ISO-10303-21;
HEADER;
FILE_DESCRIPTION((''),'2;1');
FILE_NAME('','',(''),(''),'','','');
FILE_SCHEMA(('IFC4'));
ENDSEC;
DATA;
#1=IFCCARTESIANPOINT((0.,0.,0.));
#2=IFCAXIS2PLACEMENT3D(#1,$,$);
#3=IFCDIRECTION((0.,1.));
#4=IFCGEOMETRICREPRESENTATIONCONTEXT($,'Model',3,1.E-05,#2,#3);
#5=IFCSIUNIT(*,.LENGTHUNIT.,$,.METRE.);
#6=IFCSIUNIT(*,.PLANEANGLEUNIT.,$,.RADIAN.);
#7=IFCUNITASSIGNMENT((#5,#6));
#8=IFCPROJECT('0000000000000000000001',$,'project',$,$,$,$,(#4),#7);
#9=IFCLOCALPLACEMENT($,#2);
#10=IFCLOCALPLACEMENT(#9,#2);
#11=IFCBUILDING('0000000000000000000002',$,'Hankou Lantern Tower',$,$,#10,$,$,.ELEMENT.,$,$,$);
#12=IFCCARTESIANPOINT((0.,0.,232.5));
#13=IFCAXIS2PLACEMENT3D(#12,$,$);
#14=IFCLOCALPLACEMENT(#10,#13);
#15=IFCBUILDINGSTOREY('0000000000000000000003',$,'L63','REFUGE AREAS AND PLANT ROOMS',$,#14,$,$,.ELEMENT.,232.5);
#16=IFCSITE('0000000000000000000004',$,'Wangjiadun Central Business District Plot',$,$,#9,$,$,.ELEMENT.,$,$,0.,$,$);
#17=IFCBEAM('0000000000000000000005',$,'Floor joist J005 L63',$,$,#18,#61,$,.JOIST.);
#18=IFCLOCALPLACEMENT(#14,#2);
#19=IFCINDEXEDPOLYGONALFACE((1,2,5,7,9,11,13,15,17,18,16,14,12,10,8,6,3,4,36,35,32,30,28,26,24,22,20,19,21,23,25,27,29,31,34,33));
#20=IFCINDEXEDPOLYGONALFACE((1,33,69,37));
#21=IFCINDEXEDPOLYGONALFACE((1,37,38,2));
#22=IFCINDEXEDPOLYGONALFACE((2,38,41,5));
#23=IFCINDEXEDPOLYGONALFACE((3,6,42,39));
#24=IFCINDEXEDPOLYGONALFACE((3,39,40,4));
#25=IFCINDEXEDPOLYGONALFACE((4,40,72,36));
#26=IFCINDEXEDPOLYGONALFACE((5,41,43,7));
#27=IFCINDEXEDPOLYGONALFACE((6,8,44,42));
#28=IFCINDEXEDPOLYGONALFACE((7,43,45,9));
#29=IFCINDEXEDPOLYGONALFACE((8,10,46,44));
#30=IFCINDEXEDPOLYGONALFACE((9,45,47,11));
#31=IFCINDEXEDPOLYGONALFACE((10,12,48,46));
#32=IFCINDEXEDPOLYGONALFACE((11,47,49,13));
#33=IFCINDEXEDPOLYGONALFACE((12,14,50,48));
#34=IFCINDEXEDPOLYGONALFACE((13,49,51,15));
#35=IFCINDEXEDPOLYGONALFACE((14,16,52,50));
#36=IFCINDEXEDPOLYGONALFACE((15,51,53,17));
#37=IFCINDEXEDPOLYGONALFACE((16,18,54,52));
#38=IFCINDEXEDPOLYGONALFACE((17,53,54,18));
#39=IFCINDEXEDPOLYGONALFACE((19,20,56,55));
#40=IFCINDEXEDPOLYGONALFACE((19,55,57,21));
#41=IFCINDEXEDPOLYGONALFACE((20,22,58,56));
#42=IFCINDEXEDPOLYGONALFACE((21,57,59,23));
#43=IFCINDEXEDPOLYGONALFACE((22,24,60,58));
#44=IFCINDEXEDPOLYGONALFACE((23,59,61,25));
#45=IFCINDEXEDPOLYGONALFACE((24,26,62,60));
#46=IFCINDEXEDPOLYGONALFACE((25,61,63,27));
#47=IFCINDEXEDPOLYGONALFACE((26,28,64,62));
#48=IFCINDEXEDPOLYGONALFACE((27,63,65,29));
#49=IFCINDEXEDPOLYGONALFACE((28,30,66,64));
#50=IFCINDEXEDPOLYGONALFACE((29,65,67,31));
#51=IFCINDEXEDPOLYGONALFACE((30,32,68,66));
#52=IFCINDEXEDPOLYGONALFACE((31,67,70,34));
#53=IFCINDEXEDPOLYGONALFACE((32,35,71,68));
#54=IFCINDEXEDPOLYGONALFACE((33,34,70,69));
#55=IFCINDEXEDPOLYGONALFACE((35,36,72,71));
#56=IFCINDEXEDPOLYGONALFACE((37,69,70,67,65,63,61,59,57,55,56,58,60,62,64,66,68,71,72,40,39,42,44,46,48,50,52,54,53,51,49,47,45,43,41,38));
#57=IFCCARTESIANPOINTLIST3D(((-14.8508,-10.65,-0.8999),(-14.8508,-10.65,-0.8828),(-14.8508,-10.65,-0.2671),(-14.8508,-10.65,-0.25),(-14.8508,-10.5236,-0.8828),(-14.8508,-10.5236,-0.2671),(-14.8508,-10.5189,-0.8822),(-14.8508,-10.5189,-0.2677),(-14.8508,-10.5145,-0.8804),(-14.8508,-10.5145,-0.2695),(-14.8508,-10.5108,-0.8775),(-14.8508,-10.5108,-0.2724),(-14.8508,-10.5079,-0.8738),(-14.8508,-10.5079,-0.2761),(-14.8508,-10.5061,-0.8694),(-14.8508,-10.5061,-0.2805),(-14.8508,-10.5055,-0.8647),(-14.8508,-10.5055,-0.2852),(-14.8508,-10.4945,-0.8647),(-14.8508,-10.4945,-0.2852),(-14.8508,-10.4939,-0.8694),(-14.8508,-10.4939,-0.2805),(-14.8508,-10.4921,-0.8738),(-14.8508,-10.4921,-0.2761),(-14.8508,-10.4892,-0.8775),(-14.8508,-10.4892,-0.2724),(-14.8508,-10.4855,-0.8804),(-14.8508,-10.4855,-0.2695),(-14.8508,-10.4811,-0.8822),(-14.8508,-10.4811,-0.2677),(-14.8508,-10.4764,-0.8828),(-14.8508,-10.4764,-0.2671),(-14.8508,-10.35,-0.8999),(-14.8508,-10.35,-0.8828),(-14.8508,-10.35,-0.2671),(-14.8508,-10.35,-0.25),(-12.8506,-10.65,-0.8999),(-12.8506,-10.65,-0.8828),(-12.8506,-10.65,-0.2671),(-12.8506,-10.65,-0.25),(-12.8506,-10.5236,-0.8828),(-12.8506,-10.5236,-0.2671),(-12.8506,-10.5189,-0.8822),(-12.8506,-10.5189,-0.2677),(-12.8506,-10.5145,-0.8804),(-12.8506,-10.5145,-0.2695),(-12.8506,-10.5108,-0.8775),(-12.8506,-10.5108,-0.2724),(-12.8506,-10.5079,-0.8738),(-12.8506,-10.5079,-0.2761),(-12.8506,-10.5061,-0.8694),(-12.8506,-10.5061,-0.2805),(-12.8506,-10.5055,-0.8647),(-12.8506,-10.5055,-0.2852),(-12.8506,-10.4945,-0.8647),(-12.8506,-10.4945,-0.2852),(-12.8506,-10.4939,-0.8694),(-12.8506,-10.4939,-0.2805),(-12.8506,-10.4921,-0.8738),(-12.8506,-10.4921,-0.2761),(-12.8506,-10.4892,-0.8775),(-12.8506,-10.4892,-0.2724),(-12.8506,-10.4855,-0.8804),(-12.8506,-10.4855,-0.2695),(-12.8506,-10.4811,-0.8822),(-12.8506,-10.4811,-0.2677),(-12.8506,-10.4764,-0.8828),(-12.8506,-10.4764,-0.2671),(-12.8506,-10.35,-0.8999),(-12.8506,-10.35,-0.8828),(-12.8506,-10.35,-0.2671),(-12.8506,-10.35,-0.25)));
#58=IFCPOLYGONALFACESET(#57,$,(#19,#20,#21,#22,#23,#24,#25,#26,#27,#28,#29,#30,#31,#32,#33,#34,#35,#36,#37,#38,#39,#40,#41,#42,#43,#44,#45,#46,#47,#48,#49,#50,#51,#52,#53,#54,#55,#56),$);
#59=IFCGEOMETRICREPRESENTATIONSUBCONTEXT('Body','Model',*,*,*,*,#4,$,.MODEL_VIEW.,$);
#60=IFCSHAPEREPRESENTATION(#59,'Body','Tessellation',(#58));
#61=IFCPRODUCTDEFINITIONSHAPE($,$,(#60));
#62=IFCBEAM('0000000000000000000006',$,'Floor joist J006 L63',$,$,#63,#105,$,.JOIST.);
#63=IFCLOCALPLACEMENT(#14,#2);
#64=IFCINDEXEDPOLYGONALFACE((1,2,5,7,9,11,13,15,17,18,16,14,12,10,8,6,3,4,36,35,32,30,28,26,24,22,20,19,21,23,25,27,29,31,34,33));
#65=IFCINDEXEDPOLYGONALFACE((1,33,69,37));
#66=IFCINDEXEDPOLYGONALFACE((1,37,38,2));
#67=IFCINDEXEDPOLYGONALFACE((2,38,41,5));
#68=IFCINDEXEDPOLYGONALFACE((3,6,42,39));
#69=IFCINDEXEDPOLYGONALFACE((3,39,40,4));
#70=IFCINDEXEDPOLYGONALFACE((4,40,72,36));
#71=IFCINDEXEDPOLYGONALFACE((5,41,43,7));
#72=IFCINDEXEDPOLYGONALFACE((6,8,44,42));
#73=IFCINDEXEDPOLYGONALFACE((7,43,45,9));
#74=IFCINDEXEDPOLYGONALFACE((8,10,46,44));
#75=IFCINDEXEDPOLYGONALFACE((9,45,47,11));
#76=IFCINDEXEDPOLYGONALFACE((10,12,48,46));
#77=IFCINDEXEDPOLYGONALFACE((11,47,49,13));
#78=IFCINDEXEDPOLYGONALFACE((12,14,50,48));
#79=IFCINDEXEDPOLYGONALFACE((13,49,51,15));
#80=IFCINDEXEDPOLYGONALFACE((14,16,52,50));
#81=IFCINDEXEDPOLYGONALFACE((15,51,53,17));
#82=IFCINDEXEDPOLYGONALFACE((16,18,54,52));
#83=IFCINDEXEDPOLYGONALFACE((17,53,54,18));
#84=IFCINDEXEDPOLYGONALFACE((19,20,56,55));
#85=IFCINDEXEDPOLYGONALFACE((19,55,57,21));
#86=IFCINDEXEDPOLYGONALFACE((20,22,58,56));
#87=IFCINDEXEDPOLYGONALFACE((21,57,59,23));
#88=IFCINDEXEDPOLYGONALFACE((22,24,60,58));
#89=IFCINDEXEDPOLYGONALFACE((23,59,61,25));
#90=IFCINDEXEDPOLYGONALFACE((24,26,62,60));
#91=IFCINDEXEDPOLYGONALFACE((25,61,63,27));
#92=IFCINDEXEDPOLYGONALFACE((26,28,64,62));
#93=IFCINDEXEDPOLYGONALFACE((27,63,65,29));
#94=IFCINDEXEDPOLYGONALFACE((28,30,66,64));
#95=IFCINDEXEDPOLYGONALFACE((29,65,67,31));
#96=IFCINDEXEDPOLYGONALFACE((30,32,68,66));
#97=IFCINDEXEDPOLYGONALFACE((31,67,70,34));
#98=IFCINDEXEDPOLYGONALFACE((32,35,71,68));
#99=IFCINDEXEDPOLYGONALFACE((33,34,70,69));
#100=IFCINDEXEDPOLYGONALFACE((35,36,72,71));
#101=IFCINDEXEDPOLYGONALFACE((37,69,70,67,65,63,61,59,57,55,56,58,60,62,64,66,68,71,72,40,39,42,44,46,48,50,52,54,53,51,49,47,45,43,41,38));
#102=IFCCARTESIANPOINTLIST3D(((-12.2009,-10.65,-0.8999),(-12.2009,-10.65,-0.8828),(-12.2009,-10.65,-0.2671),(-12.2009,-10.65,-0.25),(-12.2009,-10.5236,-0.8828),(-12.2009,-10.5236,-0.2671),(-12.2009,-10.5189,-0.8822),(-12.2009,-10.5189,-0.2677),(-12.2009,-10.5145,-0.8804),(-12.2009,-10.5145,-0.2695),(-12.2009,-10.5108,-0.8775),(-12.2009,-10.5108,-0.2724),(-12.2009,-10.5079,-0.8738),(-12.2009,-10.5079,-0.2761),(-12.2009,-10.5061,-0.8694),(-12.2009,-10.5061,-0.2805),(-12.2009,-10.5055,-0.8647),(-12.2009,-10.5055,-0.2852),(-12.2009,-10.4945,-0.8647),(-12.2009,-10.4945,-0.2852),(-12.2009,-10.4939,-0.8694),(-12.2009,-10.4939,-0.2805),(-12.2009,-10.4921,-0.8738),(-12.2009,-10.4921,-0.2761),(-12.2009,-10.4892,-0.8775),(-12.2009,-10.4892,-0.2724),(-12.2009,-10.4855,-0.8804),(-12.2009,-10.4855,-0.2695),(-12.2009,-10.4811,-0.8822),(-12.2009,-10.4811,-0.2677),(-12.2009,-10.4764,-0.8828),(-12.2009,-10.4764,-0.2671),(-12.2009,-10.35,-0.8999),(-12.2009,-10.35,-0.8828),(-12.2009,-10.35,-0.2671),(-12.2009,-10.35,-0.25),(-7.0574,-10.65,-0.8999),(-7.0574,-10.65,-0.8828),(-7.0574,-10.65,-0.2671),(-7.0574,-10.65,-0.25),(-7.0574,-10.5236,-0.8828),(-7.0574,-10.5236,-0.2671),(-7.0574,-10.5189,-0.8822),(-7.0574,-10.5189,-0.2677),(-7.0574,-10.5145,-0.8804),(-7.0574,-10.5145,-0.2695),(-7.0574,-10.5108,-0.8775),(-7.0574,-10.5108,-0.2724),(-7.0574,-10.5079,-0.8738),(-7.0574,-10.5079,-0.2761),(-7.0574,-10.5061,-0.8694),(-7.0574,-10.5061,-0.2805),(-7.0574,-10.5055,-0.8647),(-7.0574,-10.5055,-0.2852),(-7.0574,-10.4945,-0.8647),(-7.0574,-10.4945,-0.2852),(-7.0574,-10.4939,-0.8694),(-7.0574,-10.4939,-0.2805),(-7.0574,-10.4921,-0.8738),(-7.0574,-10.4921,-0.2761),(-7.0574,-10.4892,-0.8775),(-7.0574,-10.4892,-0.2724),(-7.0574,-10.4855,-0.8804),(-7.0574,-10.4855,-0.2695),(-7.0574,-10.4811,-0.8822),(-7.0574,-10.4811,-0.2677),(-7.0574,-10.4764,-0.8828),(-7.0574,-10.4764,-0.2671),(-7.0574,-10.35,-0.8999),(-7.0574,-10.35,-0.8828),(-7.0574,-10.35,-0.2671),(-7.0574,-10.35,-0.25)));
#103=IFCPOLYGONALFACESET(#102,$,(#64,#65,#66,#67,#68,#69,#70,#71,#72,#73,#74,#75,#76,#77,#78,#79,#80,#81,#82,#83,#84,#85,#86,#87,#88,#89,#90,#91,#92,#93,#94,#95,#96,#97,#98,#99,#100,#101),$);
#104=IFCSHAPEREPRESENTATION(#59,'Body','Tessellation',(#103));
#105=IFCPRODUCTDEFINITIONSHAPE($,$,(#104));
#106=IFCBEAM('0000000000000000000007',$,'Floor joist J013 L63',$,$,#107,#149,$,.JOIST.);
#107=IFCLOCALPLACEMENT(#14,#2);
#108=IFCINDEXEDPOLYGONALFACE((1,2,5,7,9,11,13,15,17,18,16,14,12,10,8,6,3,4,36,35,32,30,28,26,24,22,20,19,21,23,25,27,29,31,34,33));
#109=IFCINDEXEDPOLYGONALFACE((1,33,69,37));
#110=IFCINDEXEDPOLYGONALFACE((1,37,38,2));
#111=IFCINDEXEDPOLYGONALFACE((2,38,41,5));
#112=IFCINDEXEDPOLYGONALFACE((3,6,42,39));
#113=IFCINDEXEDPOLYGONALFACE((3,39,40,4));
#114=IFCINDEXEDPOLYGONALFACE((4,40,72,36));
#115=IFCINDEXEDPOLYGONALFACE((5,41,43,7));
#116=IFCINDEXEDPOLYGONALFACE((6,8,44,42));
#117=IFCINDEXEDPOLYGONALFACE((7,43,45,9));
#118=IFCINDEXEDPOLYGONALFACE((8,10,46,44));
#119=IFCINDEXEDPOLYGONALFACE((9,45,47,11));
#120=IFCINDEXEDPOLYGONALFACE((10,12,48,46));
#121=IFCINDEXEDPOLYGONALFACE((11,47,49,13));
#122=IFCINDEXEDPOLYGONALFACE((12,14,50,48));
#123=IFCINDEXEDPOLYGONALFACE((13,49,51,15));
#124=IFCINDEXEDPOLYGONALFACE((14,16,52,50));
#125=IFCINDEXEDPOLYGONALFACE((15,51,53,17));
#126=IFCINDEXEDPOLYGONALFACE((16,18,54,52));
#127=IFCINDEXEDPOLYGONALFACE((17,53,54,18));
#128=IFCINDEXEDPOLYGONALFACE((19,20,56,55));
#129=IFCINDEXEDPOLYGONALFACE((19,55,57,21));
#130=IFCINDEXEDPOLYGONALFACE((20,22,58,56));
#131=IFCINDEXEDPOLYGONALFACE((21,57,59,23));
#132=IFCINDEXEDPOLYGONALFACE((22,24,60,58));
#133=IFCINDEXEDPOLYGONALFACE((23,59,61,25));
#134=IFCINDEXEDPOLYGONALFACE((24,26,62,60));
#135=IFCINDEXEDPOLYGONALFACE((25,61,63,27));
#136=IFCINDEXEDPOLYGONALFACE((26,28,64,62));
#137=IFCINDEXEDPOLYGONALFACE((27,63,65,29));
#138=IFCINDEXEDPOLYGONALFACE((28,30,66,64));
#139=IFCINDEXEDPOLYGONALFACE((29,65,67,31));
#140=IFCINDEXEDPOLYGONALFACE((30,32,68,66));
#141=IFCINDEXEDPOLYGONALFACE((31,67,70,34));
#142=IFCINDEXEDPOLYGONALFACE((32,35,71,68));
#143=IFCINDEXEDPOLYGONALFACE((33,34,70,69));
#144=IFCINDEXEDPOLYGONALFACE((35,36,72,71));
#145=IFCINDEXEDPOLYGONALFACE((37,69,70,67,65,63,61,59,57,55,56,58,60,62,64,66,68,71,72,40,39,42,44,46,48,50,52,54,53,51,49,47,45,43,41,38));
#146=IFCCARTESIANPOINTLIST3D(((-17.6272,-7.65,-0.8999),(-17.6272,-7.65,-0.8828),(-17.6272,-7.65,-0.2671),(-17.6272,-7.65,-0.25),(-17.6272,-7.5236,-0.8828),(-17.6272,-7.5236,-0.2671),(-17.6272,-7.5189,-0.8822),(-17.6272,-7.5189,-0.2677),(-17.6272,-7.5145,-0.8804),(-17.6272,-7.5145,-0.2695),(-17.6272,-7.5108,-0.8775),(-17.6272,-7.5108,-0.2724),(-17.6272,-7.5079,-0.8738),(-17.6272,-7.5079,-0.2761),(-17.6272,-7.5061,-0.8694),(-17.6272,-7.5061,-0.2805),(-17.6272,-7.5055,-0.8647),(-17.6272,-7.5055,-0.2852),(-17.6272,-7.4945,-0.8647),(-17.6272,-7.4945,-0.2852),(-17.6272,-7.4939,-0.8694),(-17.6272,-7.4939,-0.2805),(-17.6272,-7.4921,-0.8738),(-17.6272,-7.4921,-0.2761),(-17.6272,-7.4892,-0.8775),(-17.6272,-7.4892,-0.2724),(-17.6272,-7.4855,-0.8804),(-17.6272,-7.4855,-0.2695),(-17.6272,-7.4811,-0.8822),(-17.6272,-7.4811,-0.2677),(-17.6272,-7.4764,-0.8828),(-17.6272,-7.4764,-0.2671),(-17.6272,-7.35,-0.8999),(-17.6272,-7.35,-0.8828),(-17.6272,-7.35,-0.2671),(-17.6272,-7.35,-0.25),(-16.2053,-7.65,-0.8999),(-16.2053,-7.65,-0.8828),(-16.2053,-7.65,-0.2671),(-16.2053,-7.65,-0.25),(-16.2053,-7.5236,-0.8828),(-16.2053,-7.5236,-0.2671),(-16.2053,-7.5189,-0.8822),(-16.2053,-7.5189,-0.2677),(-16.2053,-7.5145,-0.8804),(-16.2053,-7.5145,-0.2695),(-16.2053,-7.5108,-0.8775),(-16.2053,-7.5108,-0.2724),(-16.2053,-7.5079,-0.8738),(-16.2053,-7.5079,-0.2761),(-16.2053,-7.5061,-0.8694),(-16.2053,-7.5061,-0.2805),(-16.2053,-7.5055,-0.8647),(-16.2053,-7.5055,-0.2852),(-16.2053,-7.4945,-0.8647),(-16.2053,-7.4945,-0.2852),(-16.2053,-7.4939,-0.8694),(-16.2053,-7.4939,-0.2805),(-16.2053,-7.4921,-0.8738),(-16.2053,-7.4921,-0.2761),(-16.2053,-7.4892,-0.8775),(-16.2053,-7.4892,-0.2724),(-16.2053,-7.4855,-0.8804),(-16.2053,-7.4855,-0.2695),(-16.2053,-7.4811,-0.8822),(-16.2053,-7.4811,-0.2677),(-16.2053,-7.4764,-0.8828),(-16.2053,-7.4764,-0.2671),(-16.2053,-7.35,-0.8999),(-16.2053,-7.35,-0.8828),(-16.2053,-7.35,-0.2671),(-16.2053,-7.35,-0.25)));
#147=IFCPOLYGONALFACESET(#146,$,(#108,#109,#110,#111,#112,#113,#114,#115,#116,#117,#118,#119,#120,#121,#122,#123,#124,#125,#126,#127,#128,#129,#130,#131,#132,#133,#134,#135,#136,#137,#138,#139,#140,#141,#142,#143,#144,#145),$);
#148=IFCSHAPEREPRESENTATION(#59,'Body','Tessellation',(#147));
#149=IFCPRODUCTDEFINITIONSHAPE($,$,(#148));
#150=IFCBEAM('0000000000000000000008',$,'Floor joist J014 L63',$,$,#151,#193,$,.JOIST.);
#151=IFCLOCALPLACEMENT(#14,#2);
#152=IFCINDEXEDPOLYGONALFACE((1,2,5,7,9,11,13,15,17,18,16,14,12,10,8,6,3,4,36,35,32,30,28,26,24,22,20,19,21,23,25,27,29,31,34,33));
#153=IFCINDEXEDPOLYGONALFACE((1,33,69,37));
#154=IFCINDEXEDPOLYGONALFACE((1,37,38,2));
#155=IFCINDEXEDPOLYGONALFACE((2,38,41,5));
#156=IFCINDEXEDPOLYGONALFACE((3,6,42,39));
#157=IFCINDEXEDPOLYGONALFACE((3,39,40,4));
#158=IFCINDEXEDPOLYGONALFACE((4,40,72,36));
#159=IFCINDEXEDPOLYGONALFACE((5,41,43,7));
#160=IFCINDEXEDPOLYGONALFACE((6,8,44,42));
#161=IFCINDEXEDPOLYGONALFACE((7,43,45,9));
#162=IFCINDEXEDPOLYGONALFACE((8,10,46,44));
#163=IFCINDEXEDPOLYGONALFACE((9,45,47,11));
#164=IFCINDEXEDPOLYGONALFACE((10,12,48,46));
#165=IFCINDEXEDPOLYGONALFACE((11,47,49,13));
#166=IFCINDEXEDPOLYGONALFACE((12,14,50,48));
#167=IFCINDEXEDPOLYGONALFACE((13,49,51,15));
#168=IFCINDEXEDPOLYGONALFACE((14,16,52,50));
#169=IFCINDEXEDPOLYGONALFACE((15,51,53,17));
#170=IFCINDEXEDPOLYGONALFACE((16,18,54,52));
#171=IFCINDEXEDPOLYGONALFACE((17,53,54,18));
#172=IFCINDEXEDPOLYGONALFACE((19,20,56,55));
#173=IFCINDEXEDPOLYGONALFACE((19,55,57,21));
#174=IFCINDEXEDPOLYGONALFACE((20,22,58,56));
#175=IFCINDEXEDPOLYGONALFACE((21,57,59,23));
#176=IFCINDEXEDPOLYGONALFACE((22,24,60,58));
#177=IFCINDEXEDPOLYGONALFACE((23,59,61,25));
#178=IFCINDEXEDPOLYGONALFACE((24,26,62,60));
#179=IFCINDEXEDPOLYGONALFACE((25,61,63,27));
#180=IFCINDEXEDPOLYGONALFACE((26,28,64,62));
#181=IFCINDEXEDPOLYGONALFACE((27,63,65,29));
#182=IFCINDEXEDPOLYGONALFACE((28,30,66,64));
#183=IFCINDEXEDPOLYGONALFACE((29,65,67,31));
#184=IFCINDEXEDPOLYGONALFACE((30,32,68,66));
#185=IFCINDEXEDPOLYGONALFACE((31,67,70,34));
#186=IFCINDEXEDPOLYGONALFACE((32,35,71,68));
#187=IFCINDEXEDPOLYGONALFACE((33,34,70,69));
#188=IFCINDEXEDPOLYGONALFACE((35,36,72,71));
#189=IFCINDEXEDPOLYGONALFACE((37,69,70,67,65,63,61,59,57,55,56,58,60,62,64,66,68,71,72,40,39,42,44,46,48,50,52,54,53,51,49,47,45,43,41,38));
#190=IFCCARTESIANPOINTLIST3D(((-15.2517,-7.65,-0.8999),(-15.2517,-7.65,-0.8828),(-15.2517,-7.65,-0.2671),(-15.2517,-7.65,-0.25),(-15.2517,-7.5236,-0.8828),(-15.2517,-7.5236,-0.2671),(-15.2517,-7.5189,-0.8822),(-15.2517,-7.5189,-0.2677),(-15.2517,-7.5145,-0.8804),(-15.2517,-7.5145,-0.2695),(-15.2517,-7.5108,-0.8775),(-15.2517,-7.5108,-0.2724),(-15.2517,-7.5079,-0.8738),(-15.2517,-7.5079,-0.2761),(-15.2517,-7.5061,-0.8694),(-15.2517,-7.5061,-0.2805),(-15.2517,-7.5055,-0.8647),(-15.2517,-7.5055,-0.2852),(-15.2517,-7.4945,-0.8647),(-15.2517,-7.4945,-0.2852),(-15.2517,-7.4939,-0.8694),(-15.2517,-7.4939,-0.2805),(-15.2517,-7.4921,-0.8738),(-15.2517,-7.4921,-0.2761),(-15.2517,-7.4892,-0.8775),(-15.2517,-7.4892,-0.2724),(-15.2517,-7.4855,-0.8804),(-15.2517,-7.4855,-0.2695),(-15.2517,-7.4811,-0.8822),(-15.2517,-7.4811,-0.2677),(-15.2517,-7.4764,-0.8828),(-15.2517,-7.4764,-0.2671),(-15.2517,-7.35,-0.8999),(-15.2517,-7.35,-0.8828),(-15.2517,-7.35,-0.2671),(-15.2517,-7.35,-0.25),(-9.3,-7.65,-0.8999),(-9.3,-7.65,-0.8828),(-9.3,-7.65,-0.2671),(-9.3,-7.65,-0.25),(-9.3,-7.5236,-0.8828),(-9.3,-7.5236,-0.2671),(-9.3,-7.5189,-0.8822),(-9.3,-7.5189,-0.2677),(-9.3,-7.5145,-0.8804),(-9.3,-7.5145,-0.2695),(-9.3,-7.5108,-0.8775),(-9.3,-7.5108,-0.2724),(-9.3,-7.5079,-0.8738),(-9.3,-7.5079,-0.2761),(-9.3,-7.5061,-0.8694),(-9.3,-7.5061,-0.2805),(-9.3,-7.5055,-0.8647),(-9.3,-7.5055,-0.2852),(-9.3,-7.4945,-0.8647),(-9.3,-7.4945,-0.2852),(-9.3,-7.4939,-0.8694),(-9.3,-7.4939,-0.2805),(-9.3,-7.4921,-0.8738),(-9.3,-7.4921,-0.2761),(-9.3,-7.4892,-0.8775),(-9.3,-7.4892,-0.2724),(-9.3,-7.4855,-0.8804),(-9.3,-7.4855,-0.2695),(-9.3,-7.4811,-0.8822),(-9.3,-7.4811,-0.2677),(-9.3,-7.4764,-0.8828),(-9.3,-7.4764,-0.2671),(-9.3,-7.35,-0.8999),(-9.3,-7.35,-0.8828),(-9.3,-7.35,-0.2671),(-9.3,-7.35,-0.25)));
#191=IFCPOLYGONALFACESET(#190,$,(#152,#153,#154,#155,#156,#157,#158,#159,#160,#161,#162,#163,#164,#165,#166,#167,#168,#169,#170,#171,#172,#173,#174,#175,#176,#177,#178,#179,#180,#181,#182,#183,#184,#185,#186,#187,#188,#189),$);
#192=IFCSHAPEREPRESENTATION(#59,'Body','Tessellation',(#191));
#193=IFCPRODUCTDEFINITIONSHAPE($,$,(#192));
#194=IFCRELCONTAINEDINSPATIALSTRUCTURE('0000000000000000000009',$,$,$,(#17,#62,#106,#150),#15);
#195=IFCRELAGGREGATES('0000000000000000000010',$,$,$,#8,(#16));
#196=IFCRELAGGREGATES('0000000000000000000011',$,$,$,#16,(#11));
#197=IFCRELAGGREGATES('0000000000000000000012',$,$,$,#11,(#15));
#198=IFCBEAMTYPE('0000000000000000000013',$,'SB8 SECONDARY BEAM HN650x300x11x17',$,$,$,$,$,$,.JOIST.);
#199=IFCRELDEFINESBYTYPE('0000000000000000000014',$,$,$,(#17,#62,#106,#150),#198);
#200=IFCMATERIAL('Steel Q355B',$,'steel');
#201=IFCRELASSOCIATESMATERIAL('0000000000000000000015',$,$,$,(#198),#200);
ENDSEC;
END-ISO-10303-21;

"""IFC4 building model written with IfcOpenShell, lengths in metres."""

from ifc_helpers import new_model, si_unit, direction, frame, origin, origin_2d, place, context, subcontext, project, spatial, i_section, extrude, material, material_profile, profile_set, type_object, element, save


model = new_model("IFC4")

# Units and contexts
model_context = context("Model", 3, precision=1e-05, world=origin(), true_north=direction((0.0, 1.0)))
body_context = subcontext(model_context, "Body", "Model", "MODEL_VIEW")
ifc_project = project(units=[si_unit("LENGTHUNIT", "METRE"), si_unit("PLANEANGLEUNIT", "RADIAN")], contexts=[model_context])

# Site, building, storey
site_placement = place(None, origin())
site = spatial("IfcSite", under=ifc_project, at=site_placement, Name="Wangjiadun Central Business District Plot", CompositionType="ELEMENT", RefElevation=0.0)
building_placement = place(site_placement, origin())
building = spatial("IfcBuilding", under=site, at=building_placement, Name="Hankou Lantern Tower", CompositionType="ELEMENT")
storey_placement = place(building_placement, frame((0.0, 0.0, 232.5)))
storey = spatial("IfcBuildingStorey", under=building, at=storey_placement, Name="L63", Description="REFUGE AREAS AND PLANT ROOMS", CompositionType="ELEMENT", Elevation=232.5)

# Beams
ifc_material_1 = material(Name="Steel Q355B", Category="steel")
ifc_material_profile_1 = material_profile(ifc_material_1, i_section(OverallWidth=0.3, OverallDepth=0.6499, WebThickness=0.011, FlangeThickness=0.0171, FilletRadius=0.0181, at=origin_2d()), Name="HN650x300x11x17")
ifc_profile_set_1 = profile_set([ifc_material_profile_1], Name="Steel Q355B")
beam_type_1 = type_object("IfcBeamType", Name="SB8 SECONDARY BEAM HN650x300x11x17", PredefinedType="JOIST", material=ifc_profile_set_1)
beam_1_placement = place(storey_placement, frame((-14.8508, -10.5, -0.575), z_axis=(1.0, 0.0, 0.0), x_axis=(0.0, 1.0, 0.0)))
element("IfcBeam", 1, at=beam_1_placement, inside=storey, type_object=beam_type_1, Name="Floor joist J005 L63", PredefinedType="JOIST", context=body_context, shape_type="SweptSolid", body=[
    extrude(i_section(OverallWidth=0.3, OverallDepth=0.6499, WebThickness=0.011, FlangeThickness=0.0171, FilletRadius=0.0181, at=origin_2d()), origin(), (0.0, 0.0, 1.0), 2.0002),
])
beam_2_placement = place(storey_placement, frame((-12.2009, -10.5, -0.575), z_axis=(1.0, 0.0, 0.0), x_axis=(0.0, 1.0, 0.0)))
element("IfcBeam", 2, at=beam_2_placement, inside=storey, type_object=beam_type_1, Name="Floor joist J006 L63", PredefinedType="JOIST", context=body_context, shape_type="SweptSolid", body=[
    extrude(i_section(OverallWidth=0.3, OverallDepth=0.6499, WebThickness=0.011, FlangeThickness=0.0171, FilletRadius=0.0181, at=origin_2d()), origin(), (0.0, 0.0, 1.0), 5.1436),
])
beam_3_placement = place(storey_placement, frame((-17.6272, -7.5, -0.575), z_axis=(1.0, 0.0, 0.0), x_axis=(0.0, 1.0, 0.0)))
element("IfcBeam", 3, at=beam_3_placement, inside=storey, type_object=beam_type_1, Name="Floor joist J013 L63", PredefinedType="JOIST", context=body_context, shape_type="SweptSolid", body=[
    extrude(i_section(OverallWidth=0.3, OverallDepth=0.6499, WebThickness=0.011, FlangeThickness=0.0171, FilletRadius=0.0181, at=origin_2d()), origin(), (0.0, 0.0, 1.0), 1.4219),
])
beam_4_placement = place(storey_placement, frame((-15.2517, -7.5, -0.575), z_axis=(1.0, 0.0, 0.0), x_axis=(0.0, 1.0, 0.0)))
element("IfcBeam", 4, at=beam_4_placement, inside=storey, type_object=beam_type_1, Name="Floor joist J014 L63", PredefinedType="JOIST", context=body_context, shape_type="SweptSolid", body=[
    extrude(i_section(OverallWidth=0.3, OverallDepth=0.6499, WebThickness=0.011, FlangeThickness=0.0171, FilletRadius=0.0181, at=origin_2d()), origin(), (0.0, 0.0, 1.0), 5.9517),
])

save(model, "model.ifc")
